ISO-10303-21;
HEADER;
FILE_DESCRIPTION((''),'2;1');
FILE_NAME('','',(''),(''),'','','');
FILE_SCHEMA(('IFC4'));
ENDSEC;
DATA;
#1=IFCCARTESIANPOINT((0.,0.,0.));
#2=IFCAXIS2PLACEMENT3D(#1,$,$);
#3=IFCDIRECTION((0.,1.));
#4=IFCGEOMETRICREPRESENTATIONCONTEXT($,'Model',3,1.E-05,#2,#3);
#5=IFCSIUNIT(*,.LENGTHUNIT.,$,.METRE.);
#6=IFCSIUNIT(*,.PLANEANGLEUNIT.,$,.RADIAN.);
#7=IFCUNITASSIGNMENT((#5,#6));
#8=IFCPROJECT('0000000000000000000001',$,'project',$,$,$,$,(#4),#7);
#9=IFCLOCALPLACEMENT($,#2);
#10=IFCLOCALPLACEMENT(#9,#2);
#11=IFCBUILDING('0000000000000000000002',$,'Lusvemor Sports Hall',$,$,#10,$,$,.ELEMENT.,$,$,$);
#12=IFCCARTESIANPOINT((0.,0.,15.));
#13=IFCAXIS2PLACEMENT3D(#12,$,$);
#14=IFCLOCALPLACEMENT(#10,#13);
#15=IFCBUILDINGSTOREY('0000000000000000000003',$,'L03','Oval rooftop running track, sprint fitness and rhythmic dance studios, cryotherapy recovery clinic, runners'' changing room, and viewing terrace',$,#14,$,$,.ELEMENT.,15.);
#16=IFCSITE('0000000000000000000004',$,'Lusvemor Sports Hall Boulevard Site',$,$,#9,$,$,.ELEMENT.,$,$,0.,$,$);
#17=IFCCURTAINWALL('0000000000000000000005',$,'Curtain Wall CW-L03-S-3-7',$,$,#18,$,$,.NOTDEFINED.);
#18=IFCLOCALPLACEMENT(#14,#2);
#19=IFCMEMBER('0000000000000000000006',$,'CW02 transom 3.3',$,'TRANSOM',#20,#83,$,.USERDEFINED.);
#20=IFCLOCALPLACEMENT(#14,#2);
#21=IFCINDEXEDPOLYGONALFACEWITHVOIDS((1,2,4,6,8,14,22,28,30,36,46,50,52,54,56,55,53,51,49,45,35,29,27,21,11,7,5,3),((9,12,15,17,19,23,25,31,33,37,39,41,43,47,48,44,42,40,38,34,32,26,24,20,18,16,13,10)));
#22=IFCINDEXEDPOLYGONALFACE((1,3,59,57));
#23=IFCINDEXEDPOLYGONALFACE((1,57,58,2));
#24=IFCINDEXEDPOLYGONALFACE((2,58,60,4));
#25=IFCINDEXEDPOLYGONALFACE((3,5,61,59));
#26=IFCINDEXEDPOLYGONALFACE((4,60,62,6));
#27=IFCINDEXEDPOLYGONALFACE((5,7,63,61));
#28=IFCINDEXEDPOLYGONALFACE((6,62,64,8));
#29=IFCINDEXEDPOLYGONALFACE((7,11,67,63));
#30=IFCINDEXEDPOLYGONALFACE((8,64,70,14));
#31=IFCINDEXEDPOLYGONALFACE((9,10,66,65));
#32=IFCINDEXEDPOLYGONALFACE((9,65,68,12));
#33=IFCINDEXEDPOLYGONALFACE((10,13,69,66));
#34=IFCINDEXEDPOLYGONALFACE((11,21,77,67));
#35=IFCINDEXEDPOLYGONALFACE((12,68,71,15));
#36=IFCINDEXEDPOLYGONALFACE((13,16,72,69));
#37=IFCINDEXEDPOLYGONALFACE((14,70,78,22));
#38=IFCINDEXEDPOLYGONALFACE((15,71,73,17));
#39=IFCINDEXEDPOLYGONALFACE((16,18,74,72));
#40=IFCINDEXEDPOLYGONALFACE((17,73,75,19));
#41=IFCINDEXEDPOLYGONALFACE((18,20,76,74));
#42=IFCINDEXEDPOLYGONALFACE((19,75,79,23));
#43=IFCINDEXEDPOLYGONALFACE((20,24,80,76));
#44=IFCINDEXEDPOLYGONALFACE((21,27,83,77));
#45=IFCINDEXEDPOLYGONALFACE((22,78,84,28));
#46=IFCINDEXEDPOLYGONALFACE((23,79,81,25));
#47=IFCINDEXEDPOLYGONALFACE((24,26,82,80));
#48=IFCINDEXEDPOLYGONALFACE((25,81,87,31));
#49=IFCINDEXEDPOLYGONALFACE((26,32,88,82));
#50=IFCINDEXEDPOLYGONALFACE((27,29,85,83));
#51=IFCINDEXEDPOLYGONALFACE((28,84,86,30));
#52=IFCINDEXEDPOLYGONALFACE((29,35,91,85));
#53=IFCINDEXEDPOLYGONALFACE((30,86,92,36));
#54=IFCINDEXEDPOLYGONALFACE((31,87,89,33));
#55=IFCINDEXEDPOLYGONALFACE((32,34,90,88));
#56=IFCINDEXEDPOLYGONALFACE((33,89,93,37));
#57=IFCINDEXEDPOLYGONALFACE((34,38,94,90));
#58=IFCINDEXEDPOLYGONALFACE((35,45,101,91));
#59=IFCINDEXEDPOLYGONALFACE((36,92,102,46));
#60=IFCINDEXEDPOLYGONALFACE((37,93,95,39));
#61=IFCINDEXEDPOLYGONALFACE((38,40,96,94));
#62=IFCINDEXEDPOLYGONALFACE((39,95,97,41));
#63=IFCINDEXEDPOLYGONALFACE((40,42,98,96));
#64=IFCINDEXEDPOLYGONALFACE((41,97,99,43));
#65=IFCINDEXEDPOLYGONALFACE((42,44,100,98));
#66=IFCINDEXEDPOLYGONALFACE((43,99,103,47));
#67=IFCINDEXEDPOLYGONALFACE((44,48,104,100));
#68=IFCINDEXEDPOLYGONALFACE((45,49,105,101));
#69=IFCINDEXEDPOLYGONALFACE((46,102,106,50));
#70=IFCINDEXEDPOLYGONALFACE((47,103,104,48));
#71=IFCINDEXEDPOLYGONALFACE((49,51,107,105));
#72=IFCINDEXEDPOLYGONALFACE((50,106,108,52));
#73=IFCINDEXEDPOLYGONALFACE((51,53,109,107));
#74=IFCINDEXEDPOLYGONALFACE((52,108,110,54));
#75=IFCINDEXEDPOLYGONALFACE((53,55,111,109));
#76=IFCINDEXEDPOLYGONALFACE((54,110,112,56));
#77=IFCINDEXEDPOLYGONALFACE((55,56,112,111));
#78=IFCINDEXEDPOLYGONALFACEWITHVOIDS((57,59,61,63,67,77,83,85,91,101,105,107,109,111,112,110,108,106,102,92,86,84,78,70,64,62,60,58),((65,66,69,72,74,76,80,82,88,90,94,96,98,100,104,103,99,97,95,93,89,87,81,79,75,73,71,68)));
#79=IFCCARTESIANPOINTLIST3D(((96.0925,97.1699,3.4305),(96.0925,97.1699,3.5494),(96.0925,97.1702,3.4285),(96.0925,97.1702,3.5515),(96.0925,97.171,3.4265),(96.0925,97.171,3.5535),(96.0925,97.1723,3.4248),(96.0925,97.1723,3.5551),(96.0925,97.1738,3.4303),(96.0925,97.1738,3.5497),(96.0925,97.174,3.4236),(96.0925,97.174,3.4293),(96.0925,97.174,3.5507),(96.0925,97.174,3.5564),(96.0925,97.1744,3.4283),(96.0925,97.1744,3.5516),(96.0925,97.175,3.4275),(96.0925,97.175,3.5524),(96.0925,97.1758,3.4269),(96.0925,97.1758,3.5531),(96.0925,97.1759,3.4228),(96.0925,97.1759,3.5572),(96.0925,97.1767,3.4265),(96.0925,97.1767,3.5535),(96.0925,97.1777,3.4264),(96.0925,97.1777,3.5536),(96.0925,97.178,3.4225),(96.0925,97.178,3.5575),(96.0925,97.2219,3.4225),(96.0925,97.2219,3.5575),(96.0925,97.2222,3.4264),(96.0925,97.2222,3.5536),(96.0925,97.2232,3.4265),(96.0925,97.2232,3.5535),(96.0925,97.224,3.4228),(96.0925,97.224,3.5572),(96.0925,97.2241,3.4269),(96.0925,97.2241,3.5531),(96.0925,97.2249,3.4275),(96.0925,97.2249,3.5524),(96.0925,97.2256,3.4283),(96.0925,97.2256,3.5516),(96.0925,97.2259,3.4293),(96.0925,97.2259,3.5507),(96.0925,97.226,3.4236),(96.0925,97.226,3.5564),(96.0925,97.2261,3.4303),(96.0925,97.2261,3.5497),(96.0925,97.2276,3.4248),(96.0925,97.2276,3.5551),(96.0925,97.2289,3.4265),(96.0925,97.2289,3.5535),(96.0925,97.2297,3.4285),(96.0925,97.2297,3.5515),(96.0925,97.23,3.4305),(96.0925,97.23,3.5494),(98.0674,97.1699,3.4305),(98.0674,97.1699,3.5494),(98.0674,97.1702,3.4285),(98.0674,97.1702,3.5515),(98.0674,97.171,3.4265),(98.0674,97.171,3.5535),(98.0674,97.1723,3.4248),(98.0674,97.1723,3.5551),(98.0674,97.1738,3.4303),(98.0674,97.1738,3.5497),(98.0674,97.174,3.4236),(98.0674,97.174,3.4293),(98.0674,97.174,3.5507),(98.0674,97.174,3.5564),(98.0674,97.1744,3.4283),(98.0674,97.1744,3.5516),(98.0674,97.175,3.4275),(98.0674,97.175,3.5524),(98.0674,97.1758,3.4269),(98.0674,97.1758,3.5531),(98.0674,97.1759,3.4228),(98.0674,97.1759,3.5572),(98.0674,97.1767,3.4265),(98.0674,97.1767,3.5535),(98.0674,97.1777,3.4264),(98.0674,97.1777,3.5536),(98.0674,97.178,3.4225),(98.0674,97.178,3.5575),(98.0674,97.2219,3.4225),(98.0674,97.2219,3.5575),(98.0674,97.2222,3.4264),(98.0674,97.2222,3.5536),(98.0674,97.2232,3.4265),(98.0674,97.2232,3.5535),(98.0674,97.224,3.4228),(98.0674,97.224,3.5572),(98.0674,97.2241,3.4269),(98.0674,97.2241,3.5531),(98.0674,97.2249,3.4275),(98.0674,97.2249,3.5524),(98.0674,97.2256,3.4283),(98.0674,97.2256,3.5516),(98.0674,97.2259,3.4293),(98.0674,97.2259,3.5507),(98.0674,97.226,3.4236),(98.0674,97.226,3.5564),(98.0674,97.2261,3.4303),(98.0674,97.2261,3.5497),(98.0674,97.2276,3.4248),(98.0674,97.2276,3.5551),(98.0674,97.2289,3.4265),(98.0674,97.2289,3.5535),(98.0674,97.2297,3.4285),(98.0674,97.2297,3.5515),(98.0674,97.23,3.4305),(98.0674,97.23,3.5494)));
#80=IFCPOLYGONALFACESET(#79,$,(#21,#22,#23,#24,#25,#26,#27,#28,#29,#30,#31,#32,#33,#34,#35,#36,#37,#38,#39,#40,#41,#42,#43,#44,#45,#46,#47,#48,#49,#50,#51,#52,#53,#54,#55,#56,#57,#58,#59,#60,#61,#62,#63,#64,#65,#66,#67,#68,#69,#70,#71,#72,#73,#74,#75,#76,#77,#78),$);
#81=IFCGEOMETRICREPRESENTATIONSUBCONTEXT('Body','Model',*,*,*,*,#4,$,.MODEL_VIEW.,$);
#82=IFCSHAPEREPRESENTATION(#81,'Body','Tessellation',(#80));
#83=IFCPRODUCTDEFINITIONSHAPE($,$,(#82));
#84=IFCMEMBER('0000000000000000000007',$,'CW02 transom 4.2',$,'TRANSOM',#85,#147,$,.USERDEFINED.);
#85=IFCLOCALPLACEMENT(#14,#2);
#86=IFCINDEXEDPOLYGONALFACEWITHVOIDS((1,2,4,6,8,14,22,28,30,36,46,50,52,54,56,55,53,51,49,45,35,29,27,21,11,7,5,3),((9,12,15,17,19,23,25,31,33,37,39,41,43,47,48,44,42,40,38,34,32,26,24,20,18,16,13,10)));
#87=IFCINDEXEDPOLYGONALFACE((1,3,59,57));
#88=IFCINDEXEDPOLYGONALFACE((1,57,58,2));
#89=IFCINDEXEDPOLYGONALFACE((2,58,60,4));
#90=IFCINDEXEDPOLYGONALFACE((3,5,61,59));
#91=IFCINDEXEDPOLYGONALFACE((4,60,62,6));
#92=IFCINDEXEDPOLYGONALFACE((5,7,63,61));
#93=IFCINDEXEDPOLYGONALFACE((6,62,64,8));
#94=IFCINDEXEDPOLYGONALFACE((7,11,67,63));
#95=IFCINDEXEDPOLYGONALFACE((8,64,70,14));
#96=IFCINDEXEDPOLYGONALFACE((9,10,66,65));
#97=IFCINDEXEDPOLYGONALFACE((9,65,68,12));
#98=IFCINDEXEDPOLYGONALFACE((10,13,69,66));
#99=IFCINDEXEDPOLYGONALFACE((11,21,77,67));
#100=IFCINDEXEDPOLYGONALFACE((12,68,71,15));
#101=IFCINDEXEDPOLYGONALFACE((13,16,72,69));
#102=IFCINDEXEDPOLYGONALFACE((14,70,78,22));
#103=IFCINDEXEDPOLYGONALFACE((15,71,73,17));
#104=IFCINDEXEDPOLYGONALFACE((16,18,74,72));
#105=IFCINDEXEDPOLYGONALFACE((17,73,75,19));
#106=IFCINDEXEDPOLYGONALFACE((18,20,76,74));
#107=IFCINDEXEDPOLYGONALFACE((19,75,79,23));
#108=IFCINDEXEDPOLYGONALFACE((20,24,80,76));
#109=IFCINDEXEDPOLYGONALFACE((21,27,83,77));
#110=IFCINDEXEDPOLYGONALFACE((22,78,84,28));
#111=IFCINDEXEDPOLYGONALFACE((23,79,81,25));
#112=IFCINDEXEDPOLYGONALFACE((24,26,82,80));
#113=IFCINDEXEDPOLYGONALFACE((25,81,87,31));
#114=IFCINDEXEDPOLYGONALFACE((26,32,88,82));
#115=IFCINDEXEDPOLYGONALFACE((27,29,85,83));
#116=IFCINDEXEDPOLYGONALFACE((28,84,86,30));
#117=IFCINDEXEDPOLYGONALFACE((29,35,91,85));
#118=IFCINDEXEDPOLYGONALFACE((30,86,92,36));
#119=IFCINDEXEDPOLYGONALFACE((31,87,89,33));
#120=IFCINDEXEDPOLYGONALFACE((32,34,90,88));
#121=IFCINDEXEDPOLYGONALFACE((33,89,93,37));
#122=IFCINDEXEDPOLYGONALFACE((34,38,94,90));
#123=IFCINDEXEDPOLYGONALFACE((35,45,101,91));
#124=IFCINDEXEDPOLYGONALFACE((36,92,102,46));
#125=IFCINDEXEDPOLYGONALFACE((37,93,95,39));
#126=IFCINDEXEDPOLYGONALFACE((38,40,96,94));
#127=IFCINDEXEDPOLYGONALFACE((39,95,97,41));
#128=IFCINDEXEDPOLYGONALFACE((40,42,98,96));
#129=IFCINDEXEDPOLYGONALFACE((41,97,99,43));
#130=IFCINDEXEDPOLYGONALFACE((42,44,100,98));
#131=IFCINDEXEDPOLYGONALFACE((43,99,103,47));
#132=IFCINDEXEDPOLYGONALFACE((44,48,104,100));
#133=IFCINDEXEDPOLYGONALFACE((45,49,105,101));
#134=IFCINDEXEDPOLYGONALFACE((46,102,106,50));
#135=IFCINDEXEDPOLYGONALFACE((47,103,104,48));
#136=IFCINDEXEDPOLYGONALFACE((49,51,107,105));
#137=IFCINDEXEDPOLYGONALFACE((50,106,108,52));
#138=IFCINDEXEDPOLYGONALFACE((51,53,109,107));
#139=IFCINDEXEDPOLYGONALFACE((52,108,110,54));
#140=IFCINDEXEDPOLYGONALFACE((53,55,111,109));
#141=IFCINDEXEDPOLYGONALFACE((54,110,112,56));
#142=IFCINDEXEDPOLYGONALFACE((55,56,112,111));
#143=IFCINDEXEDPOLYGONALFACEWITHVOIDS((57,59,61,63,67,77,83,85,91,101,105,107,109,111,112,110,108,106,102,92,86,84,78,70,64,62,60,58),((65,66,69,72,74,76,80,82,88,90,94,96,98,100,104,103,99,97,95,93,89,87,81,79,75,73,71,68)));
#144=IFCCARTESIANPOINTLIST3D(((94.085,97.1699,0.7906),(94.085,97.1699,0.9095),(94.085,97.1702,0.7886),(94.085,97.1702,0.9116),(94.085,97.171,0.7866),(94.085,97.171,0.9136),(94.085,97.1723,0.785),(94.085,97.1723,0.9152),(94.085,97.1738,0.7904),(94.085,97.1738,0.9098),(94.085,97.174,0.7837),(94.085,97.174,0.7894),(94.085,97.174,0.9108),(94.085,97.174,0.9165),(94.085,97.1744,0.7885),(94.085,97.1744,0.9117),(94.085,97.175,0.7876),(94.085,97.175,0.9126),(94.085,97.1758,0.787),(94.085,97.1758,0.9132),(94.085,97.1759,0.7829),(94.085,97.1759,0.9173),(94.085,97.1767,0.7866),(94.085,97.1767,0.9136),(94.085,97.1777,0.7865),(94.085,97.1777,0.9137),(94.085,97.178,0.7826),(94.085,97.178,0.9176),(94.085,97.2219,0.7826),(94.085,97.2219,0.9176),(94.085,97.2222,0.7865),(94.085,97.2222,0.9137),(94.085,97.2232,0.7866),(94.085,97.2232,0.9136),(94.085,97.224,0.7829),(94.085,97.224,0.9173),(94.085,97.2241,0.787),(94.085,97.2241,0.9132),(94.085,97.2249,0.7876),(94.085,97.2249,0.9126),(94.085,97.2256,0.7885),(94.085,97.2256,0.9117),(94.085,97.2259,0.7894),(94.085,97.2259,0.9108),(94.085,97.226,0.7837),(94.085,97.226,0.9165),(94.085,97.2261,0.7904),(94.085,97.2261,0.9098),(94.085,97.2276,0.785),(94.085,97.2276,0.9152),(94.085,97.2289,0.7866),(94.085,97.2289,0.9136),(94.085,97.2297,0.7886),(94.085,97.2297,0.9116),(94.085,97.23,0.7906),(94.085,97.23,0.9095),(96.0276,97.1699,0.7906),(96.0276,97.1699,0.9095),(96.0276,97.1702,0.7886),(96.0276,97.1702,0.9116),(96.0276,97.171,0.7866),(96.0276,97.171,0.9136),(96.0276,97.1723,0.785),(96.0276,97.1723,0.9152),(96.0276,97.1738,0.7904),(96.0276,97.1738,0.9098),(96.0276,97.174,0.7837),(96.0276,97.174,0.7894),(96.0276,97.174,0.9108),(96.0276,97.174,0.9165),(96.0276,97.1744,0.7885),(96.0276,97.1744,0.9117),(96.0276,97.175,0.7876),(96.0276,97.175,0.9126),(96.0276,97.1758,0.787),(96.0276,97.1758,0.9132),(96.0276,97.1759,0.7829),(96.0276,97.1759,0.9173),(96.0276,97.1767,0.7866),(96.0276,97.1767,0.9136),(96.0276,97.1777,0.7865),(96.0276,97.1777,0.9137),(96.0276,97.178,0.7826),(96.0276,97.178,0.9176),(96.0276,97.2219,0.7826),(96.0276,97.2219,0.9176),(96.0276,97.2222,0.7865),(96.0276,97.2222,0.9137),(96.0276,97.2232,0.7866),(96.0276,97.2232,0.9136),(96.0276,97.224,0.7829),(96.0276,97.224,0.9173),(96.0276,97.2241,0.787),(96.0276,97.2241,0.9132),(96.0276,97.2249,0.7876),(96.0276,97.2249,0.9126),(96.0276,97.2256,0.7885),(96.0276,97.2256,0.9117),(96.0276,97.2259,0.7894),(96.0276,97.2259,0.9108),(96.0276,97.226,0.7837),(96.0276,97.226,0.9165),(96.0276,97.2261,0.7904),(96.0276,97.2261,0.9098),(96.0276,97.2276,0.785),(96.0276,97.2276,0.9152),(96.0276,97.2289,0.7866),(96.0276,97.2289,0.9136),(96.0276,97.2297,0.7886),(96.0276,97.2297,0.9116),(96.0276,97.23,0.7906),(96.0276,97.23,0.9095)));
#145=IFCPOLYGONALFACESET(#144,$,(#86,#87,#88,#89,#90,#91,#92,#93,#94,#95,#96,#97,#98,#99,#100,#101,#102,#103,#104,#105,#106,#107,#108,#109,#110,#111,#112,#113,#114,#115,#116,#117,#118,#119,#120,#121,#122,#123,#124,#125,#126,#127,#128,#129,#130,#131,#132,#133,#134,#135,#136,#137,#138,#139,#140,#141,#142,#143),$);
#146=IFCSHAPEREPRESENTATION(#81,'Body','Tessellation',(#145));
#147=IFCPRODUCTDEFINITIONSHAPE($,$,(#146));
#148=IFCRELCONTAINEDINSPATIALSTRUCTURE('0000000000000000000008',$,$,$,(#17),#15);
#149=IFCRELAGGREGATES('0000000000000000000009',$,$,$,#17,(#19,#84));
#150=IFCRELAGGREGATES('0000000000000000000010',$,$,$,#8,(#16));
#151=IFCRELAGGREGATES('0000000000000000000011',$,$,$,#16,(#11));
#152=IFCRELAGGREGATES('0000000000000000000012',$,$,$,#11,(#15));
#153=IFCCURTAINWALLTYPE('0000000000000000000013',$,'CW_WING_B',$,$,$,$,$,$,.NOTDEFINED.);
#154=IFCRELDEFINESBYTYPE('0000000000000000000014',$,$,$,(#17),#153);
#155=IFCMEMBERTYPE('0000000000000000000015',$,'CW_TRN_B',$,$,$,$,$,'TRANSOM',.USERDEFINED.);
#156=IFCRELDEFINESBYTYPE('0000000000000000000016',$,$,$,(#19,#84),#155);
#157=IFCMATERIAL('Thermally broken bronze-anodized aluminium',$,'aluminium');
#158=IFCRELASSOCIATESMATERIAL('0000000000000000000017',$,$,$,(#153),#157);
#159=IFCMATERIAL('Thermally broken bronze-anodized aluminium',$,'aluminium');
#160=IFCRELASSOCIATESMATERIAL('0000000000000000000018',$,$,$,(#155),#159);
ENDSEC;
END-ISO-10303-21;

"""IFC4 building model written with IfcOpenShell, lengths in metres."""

from ifc_helpers import new_model, si_unit, direction, frame, origin, origin_2d, place, context, subcontext, project, spatial, hollow_rectangle, extrude, material, material_profile, profile_set, type_object, element, aggregate, save


model = new_model("IFC4")

# Units and contexts
model_context = context("Model", 3, precision=1e-05, world=origin(), true_north=direction((0.0, 1.0)))
body_context = subcontext(model_context, "Body", "Model", "MODEL_VIEW")
ifc_project = project(units=[si_unit("LENGTHUNIT", "METRE"), si_unit("PLANEANGLEUNIT", "RADIAN")], contexts=[model_context])

# Site, building, storey
site_placement = place(None, origin())
site = spatial("IfcSite", under=ifc_project, at=site_placement, Name="Lusvemor Sports Hall Boulevard Site", CompositionType="ELEMENT", RefElevation=0.0)
building_placement = place(site_placement, origin())
building = spatial("IfcBuilding", under=site, at=building_placement, Name="Lusvemor Sports Hall", CompositionType="ELEMENT")
storey_placement = place(building_placement, frame((0.0, 0.0, 15.0)))
storey = spatial("IfcBuildingStorey", under=building, at=storey_placement, Name="L03", Description="Oval rooftop running track, sprint fitness and rhythmic dance studios, cryotherapy recovery clinic, runners' changing room, and viewing terrace", CompositionType="ELEMENT", Elevation=15.0)

# Curtain wall, members
ifc_material_1 = material(Name="Thermally broken bronze-anodized aluminium", Category="aluminium")
curtain_wall_type = type_object("IfcCurtainWallType", Name="CW_WING_B", PredefinedType="NOTDEFINED", material=ifc_material_1)
curtain_wall_placement = place(storey_placement, origin())
curtain_wall = element("IfcCurtainWall", 1, at=curtain_wall_placement, inside=storey, type_object=curtain_wall_type, Name="Curtain Wall CW-L03-S-3-7", PredefinedType="NOTDEFINED")
ifc_material_2 = material(Name="Thermally broken bronze-anodized aluminium", Category="aluminium")
ifc_material_profile_1 = material_profile(ifc_material_2, hollow_rectangle(XDim=0.0601, YDim=0.135, WallThickness=0.0039, InnerFilletRadius=0.0039, OuterFilletRadius=0.0081, at=origin_2d()), Name="CWTRN135x60x4")
ifc_profile_set_1 = profile_set([ifc_material_profile_1], Name="Thermally broken bronze-anodized aluminium")
member_type_1 = type_object("IfcMemberType", Name="CW_TRN_B", ElementType="TRANSOM", PredefinedType="USERDEFINED", material=ifc_profile_set_1)
member_1_placement = place(storey_placement, frame((98.0674, 97.2, 3.49), z_axis=(-1.0, 0.0, 0.0), x_axis=(0.0, -1.0, 0.0)))
member_1 = element("IfcMember", 2, at=member_1_placement, type_object=member_type_1, Name="CW02 transom 3.3", ObjectType="TRANSOM", PredefinedType="USERDEFINED", context=body_context, shape_type="SweptSolid", body=[
    extrude(hollow_rectangle(XDim=0.0601, YDim=0.135, WallThickness=0.0039, InnerFilletRadius=0.0039, OuterFilletRadius=0.0081, at=origin_2d()), origin(), (0.0, 0.0, 1.0), 1.9749),
])
member_2_placement = place(storey_placement, frame((96.0276, 97.2, 0.8501), z_axis=(-1.0, 0.0, 0.0), x_axis=(0.0, -1.0, 0.0)))
member_2 = element("IfcMember", 3, at=member_2_placement, type_object=member_type_1, Name="CW02 transom 4.2", ObjectType="TRANSOM", PredefinedType="USERDEFINED", context=body_context, shape_type="SweptSolid", body=[
    extrude(hollow_rectangle(XDim=0.0601, YDim=0.135, WallThickness=0.0039, InnerFilletRadius=0.0039, OuterFilletRadius=0.0081, at=origin_2d()), origin(), (0.0, 0.0, 1.0), 1.9426),
])

aggregate(curtain_wall, [member_1, member_2])

save(model, "model.ifc")
